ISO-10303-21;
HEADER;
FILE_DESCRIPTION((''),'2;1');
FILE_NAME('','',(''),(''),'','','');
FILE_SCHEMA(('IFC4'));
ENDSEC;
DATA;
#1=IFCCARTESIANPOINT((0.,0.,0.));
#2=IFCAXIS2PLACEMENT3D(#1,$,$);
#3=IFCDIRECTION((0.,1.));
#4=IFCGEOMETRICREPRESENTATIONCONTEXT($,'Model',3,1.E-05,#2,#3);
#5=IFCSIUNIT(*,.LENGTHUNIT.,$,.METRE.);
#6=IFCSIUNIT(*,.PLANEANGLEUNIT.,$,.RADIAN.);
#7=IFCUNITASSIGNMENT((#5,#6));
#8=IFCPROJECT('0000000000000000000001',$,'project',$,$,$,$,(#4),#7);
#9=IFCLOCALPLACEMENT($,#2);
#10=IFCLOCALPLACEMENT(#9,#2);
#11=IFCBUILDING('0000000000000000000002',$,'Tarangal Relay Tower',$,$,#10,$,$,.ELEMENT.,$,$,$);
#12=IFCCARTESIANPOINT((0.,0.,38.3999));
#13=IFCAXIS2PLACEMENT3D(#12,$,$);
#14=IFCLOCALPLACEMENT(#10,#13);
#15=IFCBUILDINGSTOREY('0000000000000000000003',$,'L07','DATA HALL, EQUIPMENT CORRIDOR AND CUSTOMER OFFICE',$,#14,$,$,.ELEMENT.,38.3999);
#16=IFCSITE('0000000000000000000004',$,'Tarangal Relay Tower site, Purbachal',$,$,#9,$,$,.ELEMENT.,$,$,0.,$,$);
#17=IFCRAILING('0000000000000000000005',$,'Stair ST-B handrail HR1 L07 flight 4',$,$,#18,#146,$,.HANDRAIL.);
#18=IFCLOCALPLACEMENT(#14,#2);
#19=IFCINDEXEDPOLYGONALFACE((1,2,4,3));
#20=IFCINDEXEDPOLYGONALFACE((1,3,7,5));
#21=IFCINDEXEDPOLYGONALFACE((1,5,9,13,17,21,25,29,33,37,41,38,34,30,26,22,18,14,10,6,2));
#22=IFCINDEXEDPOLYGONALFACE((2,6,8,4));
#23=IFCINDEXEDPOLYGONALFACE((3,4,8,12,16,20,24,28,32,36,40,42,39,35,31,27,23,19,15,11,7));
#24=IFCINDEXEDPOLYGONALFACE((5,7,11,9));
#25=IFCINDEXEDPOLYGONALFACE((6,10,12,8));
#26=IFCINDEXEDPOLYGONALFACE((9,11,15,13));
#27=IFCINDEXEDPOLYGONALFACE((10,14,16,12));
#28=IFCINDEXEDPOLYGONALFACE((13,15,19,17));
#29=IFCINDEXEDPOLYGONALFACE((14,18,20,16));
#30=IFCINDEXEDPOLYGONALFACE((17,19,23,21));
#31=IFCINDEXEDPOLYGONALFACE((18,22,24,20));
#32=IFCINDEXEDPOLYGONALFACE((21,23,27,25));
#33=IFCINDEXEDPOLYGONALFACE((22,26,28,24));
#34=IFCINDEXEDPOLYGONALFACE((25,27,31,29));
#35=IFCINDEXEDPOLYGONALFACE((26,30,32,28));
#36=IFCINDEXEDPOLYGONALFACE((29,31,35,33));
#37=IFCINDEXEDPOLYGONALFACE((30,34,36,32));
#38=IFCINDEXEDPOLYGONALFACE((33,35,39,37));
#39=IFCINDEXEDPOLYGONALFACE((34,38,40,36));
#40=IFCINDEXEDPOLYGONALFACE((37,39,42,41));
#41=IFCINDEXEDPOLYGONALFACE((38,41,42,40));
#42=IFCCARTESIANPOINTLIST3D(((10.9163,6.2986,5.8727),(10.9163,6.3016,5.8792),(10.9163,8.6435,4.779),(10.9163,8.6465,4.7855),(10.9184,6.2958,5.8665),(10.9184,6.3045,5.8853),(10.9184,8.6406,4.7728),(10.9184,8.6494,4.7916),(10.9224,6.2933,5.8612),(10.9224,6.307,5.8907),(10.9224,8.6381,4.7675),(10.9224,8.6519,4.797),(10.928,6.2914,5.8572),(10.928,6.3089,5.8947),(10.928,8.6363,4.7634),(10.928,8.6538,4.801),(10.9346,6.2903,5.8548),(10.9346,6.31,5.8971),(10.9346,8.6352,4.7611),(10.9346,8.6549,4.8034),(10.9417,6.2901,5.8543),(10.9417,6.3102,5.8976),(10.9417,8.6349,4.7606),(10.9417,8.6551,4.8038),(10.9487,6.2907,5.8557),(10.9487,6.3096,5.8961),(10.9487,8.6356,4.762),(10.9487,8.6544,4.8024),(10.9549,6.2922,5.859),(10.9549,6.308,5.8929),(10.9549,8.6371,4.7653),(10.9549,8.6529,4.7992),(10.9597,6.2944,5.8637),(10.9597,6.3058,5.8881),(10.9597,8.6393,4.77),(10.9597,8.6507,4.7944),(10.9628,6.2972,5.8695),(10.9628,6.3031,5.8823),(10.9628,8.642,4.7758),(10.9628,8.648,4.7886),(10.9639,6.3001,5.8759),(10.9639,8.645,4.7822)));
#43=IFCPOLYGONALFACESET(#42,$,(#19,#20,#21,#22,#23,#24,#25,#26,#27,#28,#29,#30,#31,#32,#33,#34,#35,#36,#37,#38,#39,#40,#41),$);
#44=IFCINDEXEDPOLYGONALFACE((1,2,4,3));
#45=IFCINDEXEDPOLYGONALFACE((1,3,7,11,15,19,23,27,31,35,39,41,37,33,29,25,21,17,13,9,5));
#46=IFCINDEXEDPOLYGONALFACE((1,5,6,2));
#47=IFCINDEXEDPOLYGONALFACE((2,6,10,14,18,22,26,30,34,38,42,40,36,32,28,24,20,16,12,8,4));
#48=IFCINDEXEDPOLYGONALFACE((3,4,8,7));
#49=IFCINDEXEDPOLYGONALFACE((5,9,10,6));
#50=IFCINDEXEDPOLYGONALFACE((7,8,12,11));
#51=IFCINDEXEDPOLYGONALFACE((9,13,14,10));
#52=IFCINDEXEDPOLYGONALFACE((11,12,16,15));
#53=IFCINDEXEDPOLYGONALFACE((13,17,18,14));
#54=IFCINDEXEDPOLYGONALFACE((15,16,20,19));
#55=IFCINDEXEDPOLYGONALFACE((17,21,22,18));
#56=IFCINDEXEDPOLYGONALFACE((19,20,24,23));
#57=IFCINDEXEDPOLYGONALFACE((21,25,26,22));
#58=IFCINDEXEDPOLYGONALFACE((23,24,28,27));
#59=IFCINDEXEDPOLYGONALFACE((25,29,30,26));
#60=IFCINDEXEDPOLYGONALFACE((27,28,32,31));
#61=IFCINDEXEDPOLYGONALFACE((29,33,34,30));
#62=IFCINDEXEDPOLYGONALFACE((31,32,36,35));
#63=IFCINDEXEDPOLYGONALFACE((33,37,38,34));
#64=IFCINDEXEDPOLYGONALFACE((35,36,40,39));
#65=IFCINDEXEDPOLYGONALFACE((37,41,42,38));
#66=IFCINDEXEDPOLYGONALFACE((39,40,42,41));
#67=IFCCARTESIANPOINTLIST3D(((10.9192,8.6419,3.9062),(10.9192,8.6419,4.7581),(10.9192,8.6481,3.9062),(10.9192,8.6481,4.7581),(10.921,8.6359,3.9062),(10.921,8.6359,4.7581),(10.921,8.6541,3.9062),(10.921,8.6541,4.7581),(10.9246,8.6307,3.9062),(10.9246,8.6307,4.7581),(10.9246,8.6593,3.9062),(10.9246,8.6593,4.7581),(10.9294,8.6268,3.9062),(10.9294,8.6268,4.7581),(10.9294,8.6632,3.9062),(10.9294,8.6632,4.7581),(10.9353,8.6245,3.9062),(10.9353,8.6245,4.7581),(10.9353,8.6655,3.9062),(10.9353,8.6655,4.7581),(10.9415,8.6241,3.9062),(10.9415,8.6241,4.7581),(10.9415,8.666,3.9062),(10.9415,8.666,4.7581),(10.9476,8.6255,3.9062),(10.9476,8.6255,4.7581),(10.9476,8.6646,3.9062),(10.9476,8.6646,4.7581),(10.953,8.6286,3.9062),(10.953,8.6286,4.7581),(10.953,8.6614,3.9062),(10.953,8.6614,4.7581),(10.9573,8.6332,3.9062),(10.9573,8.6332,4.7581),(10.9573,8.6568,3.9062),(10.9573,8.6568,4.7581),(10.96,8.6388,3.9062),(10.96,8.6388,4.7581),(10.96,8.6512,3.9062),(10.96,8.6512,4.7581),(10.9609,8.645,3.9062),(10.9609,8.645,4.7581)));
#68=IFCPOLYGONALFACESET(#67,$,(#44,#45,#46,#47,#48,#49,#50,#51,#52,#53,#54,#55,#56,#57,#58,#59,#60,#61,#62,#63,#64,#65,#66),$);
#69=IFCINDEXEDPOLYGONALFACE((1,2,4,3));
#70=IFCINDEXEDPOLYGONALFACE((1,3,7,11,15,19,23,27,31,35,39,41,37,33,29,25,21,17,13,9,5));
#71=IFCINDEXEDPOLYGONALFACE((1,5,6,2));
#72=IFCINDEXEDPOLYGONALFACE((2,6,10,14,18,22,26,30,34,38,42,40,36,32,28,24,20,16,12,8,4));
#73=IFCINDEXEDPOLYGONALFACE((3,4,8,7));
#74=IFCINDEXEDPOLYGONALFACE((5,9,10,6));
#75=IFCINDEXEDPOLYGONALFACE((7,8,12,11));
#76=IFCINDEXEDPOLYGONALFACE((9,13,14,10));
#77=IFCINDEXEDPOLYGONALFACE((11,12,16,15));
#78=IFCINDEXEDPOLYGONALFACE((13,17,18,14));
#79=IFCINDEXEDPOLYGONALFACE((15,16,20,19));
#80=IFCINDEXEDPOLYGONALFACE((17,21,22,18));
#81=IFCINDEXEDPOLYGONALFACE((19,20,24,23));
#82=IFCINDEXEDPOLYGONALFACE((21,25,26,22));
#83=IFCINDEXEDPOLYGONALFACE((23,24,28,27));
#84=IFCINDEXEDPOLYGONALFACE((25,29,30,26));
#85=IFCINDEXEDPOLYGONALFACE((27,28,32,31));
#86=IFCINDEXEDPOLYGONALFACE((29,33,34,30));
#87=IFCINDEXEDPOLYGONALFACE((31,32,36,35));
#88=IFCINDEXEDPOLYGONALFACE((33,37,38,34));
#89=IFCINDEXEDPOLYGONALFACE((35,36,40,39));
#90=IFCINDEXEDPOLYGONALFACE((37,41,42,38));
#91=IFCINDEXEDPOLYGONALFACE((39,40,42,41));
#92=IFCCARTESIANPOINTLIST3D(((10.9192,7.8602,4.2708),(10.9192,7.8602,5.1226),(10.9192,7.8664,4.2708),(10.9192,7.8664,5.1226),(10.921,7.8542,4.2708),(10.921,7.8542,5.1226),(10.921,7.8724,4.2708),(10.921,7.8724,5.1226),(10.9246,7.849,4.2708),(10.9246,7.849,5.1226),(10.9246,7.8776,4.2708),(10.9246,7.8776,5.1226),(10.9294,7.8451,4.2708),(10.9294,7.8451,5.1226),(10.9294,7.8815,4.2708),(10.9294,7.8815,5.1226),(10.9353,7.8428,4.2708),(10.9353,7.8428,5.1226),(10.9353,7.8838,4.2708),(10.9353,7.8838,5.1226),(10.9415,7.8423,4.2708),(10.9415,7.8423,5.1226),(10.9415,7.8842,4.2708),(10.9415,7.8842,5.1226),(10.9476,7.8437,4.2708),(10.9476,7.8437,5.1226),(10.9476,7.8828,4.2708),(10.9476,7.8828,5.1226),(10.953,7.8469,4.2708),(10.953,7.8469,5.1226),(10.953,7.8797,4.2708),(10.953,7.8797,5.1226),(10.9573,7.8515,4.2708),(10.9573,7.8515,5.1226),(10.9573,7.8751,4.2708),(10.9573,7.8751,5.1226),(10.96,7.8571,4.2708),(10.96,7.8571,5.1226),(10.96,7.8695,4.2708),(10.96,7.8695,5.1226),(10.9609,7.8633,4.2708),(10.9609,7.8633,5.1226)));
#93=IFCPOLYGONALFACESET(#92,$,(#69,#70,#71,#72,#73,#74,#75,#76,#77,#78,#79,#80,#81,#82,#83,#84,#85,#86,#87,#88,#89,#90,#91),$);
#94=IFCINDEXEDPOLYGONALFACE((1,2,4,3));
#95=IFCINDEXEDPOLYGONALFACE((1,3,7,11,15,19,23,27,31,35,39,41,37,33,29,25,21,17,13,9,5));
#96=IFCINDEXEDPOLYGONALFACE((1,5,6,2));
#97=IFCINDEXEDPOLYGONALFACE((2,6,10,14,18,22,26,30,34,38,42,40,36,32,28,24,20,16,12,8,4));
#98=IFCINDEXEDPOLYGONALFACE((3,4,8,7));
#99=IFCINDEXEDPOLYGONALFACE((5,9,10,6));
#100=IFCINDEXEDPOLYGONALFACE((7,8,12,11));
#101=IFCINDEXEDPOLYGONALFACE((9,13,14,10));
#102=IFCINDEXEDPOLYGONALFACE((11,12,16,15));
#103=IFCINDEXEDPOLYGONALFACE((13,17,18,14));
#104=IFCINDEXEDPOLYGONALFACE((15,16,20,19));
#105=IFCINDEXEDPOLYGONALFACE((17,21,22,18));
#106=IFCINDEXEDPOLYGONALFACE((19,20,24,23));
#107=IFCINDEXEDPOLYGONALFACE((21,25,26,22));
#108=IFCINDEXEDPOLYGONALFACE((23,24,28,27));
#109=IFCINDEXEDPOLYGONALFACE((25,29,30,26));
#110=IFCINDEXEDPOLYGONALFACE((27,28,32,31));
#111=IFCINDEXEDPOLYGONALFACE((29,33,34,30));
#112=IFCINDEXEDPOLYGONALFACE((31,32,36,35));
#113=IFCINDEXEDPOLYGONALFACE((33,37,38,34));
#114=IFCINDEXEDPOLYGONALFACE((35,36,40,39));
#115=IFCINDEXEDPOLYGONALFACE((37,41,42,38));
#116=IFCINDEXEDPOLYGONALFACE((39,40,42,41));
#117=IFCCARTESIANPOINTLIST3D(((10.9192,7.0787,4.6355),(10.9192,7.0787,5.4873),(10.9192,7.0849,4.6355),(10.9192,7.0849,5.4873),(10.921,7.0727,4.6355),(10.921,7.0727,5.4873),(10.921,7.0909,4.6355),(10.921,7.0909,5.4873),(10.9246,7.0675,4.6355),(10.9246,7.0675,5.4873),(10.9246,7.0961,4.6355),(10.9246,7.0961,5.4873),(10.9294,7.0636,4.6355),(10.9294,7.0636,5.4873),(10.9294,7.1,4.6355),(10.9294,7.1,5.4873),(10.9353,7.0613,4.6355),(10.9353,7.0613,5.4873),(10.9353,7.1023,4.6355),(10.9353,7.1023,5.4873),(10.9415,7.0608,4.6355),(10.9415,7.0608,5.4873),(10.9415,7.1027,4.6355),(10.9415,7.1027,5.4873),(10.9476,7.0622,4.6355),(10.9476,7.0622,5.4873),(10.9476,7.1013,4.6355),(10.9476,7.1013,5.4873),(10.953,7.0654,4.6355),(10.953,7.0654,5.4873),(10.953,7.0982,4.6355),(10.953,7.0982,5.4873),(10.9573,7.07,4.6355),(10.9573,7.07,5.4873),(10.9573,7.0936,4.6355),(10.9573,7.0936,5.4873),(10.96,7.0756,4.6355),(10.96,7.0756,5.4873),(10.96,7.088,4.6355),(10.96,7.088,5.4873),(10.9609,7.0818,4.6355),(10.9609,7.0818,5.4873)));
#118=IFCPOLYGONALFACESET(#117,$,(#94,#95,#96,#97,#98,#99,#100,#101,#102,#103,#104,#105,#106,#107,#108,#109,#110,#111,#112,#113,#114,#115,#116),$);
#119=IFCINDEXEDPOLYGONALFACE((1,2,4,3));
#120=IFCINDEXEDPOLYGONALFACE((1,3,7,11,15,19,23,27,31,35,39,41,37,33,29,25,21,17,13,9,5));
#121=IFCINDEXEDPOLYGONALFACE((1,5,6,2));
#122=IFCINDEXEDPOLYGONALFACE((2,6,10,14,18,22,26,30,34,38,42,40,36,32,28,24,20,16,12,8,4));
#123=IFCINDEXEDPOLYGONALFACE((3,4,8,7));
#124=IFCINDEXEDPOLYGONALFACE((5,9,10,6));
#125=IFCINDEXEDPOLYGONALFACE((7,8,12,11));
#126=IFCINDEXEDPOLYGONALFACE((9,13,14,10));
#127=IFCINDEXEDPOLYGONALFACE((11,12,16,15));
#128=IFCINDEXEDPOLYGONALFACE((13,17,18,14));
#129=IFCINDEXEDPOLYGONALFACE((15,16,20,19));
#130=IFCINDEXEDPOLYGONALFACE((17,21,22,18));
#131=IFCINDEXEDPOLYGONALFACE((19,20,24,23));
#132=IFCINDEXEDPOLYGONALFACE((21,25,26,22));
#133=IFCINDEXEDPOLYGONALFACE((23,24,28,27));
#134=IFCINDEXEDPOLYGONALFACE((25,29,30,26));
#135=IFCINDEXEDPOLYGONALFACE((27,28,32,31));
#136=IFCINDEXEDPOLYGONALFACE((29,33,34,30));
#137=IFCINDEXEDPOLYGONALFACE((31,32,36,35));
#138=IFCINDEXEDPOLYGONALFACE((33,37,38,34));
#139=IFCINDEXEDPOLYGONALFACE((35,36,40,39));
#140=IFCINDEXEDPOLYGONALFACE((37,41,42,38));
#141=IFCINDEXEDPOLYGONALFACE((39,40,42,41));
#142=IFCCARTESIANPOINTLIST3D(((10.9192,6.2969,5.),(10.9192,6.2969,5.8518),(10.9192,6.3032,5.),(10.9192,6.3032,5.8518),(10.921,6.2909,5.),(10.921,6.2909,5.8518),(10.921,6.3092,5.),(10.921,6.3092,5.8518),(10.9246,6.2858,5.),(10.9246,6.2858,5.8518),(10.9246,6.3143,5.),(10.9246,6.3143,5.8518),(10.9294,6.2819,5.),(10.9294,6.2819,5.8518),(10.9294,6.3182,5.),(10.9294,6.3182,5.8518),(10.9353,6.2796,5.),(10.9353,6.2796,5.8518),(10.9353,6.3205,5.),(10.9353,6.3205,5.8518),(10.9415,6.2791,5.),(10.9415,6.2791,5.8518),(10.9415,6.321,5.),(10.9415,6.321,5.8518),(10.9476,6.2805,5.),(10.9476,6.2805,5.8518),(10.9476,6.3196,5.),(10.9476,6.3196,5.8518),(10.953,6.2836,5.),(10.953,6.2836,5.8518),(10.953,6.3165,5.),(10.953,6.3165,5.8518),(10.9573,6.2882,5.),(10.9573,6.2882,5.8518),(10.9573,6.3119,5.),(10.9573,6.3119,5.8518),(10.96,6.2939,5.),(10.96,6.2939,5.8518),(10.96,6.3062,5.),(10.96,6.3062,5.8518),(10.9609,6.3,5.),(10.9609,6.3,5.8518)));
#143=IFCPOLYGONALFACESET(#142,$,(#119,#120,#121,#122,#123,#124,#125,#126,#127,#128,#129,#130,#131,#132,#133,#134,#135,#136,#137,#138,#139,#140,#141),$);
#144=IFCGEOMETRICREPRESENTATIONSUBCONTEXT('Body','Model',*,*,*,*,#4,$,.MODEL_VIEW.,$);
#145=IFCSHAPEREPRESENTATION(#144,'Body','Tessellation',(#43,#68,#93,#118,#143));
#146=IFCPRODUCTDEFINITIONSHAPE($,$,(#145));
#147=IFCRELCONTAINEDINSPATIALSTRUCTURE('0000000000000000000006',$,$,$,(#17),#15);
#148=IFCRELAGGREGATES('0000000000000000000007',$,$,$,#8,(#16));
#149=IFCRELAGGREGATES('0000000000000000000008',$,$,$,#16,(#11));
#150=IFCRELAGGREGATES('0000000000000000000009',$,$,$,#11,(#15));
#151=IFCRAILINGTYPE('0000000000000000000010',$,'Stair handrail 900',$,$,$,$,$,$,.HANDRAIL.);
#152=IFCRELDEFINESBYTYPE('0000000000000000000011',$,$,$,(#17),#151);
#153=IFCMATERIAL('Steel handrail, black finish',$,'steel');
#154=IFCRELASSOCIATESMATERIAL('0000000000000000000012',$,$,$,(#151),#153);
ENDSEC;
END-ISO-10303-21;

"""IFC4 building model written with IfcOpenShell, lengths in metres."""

from ifc_helpers import new_model, si_unit, direction, frame, origin, origin_2d, place, context, subcontext, project, spatial, circle, extrude, material, type_object, element, save


model = new_model("IFC4")

# Units and contexts
model_context = context("Model", 3, precision=1e-05, world=origin(), true_north=direction((0.0, 1.0)))
body_context = subcontext(model_context, "Body", "Model", "MODEL_VIEW")
ifc_project = project(units=[si_unit("LENGTHUNIT", "METRE"), si_unit("PLANEANGLEUNIT", "RADIAN")], contexts=[model_context])

# Site, building, storey
site_placement = place(None, origin())
site = spatial("IfcSite", under=ifc_project, at=site_placement, Name="Tarangal Relay Tower site, Purbachal", CompositionType="ELEMENT", RefElevation=0.0)
building_placement = place(site_placement, origin())
building = spatial("IfcBuilding", under=site, at=building_placement, Name="Tarangal Relay Tower", CompositionType="ELEMENT")
storey_placement = place(building_placement, frame((0.0, 0.0, 38.3999)))
storey = spatial("IfcBuildingStorey", under=building, at=storey_placement, Name="L07", Description="DATA HALL, EQUIPMENT CORRIDOR AND CUSTOMER OFFICE", CompositionType="ELEMENT", Elevation=38.3999)

# Railing
ifc_material_1 = material(Name="Steel handrail, black finish", Category="steel")
railing_type_1 = type_object("IfcRailingType", Name="Stair handrail 900", PredefinedType="HANDRAIL", material=ifc_material_1)
for number, where, name in (
    (1, (10.9399, 8.645, 3.9062), "Stair ST-B handrail HR1 L07 flight 4"),
):
    element("IfcRailing", number, at=place(storey_placement, frame(where)), inside=storey, type_object=railing_type_1, Name=name, PredefinedType="HANDRAIL", context=body_context, shape_type="SweptSolid", body=[
        extrude(circle(Radius=0.0239, at=origin_2d()), frame((0.0, 0.0, 0.876), z_axis=(0.0, -0.906267, 0.422705), x_axis=(1.0, 0.0, 0.0)), (0.0, 0.0, 1.0), 2.5874),
        extrude(circle(Radius=0.021, at=origin_2d()), origin(), (0.0, 0.0, 1.0), 0.8518),
        extrude(circle(Radius=0.021, at=origin_2d()), frame((0.0, -0.7817, 0.3645)), (0.0, 0.0, 1.0), 0.8518),
        extrude(circle(Radius=0.021, at=origin_2d()), frame((0.0, -1.5632, 0.7292)), (0.0, 0.0, 1.0), 0.8518),
        extrude(circle(Radius=0.021, at=origin_2d()), frame((0.0, -2.345, 1.0938)), (0.0, 0.0, 1.0), 0.8518),
    ])

save(model, "model.ifc")
